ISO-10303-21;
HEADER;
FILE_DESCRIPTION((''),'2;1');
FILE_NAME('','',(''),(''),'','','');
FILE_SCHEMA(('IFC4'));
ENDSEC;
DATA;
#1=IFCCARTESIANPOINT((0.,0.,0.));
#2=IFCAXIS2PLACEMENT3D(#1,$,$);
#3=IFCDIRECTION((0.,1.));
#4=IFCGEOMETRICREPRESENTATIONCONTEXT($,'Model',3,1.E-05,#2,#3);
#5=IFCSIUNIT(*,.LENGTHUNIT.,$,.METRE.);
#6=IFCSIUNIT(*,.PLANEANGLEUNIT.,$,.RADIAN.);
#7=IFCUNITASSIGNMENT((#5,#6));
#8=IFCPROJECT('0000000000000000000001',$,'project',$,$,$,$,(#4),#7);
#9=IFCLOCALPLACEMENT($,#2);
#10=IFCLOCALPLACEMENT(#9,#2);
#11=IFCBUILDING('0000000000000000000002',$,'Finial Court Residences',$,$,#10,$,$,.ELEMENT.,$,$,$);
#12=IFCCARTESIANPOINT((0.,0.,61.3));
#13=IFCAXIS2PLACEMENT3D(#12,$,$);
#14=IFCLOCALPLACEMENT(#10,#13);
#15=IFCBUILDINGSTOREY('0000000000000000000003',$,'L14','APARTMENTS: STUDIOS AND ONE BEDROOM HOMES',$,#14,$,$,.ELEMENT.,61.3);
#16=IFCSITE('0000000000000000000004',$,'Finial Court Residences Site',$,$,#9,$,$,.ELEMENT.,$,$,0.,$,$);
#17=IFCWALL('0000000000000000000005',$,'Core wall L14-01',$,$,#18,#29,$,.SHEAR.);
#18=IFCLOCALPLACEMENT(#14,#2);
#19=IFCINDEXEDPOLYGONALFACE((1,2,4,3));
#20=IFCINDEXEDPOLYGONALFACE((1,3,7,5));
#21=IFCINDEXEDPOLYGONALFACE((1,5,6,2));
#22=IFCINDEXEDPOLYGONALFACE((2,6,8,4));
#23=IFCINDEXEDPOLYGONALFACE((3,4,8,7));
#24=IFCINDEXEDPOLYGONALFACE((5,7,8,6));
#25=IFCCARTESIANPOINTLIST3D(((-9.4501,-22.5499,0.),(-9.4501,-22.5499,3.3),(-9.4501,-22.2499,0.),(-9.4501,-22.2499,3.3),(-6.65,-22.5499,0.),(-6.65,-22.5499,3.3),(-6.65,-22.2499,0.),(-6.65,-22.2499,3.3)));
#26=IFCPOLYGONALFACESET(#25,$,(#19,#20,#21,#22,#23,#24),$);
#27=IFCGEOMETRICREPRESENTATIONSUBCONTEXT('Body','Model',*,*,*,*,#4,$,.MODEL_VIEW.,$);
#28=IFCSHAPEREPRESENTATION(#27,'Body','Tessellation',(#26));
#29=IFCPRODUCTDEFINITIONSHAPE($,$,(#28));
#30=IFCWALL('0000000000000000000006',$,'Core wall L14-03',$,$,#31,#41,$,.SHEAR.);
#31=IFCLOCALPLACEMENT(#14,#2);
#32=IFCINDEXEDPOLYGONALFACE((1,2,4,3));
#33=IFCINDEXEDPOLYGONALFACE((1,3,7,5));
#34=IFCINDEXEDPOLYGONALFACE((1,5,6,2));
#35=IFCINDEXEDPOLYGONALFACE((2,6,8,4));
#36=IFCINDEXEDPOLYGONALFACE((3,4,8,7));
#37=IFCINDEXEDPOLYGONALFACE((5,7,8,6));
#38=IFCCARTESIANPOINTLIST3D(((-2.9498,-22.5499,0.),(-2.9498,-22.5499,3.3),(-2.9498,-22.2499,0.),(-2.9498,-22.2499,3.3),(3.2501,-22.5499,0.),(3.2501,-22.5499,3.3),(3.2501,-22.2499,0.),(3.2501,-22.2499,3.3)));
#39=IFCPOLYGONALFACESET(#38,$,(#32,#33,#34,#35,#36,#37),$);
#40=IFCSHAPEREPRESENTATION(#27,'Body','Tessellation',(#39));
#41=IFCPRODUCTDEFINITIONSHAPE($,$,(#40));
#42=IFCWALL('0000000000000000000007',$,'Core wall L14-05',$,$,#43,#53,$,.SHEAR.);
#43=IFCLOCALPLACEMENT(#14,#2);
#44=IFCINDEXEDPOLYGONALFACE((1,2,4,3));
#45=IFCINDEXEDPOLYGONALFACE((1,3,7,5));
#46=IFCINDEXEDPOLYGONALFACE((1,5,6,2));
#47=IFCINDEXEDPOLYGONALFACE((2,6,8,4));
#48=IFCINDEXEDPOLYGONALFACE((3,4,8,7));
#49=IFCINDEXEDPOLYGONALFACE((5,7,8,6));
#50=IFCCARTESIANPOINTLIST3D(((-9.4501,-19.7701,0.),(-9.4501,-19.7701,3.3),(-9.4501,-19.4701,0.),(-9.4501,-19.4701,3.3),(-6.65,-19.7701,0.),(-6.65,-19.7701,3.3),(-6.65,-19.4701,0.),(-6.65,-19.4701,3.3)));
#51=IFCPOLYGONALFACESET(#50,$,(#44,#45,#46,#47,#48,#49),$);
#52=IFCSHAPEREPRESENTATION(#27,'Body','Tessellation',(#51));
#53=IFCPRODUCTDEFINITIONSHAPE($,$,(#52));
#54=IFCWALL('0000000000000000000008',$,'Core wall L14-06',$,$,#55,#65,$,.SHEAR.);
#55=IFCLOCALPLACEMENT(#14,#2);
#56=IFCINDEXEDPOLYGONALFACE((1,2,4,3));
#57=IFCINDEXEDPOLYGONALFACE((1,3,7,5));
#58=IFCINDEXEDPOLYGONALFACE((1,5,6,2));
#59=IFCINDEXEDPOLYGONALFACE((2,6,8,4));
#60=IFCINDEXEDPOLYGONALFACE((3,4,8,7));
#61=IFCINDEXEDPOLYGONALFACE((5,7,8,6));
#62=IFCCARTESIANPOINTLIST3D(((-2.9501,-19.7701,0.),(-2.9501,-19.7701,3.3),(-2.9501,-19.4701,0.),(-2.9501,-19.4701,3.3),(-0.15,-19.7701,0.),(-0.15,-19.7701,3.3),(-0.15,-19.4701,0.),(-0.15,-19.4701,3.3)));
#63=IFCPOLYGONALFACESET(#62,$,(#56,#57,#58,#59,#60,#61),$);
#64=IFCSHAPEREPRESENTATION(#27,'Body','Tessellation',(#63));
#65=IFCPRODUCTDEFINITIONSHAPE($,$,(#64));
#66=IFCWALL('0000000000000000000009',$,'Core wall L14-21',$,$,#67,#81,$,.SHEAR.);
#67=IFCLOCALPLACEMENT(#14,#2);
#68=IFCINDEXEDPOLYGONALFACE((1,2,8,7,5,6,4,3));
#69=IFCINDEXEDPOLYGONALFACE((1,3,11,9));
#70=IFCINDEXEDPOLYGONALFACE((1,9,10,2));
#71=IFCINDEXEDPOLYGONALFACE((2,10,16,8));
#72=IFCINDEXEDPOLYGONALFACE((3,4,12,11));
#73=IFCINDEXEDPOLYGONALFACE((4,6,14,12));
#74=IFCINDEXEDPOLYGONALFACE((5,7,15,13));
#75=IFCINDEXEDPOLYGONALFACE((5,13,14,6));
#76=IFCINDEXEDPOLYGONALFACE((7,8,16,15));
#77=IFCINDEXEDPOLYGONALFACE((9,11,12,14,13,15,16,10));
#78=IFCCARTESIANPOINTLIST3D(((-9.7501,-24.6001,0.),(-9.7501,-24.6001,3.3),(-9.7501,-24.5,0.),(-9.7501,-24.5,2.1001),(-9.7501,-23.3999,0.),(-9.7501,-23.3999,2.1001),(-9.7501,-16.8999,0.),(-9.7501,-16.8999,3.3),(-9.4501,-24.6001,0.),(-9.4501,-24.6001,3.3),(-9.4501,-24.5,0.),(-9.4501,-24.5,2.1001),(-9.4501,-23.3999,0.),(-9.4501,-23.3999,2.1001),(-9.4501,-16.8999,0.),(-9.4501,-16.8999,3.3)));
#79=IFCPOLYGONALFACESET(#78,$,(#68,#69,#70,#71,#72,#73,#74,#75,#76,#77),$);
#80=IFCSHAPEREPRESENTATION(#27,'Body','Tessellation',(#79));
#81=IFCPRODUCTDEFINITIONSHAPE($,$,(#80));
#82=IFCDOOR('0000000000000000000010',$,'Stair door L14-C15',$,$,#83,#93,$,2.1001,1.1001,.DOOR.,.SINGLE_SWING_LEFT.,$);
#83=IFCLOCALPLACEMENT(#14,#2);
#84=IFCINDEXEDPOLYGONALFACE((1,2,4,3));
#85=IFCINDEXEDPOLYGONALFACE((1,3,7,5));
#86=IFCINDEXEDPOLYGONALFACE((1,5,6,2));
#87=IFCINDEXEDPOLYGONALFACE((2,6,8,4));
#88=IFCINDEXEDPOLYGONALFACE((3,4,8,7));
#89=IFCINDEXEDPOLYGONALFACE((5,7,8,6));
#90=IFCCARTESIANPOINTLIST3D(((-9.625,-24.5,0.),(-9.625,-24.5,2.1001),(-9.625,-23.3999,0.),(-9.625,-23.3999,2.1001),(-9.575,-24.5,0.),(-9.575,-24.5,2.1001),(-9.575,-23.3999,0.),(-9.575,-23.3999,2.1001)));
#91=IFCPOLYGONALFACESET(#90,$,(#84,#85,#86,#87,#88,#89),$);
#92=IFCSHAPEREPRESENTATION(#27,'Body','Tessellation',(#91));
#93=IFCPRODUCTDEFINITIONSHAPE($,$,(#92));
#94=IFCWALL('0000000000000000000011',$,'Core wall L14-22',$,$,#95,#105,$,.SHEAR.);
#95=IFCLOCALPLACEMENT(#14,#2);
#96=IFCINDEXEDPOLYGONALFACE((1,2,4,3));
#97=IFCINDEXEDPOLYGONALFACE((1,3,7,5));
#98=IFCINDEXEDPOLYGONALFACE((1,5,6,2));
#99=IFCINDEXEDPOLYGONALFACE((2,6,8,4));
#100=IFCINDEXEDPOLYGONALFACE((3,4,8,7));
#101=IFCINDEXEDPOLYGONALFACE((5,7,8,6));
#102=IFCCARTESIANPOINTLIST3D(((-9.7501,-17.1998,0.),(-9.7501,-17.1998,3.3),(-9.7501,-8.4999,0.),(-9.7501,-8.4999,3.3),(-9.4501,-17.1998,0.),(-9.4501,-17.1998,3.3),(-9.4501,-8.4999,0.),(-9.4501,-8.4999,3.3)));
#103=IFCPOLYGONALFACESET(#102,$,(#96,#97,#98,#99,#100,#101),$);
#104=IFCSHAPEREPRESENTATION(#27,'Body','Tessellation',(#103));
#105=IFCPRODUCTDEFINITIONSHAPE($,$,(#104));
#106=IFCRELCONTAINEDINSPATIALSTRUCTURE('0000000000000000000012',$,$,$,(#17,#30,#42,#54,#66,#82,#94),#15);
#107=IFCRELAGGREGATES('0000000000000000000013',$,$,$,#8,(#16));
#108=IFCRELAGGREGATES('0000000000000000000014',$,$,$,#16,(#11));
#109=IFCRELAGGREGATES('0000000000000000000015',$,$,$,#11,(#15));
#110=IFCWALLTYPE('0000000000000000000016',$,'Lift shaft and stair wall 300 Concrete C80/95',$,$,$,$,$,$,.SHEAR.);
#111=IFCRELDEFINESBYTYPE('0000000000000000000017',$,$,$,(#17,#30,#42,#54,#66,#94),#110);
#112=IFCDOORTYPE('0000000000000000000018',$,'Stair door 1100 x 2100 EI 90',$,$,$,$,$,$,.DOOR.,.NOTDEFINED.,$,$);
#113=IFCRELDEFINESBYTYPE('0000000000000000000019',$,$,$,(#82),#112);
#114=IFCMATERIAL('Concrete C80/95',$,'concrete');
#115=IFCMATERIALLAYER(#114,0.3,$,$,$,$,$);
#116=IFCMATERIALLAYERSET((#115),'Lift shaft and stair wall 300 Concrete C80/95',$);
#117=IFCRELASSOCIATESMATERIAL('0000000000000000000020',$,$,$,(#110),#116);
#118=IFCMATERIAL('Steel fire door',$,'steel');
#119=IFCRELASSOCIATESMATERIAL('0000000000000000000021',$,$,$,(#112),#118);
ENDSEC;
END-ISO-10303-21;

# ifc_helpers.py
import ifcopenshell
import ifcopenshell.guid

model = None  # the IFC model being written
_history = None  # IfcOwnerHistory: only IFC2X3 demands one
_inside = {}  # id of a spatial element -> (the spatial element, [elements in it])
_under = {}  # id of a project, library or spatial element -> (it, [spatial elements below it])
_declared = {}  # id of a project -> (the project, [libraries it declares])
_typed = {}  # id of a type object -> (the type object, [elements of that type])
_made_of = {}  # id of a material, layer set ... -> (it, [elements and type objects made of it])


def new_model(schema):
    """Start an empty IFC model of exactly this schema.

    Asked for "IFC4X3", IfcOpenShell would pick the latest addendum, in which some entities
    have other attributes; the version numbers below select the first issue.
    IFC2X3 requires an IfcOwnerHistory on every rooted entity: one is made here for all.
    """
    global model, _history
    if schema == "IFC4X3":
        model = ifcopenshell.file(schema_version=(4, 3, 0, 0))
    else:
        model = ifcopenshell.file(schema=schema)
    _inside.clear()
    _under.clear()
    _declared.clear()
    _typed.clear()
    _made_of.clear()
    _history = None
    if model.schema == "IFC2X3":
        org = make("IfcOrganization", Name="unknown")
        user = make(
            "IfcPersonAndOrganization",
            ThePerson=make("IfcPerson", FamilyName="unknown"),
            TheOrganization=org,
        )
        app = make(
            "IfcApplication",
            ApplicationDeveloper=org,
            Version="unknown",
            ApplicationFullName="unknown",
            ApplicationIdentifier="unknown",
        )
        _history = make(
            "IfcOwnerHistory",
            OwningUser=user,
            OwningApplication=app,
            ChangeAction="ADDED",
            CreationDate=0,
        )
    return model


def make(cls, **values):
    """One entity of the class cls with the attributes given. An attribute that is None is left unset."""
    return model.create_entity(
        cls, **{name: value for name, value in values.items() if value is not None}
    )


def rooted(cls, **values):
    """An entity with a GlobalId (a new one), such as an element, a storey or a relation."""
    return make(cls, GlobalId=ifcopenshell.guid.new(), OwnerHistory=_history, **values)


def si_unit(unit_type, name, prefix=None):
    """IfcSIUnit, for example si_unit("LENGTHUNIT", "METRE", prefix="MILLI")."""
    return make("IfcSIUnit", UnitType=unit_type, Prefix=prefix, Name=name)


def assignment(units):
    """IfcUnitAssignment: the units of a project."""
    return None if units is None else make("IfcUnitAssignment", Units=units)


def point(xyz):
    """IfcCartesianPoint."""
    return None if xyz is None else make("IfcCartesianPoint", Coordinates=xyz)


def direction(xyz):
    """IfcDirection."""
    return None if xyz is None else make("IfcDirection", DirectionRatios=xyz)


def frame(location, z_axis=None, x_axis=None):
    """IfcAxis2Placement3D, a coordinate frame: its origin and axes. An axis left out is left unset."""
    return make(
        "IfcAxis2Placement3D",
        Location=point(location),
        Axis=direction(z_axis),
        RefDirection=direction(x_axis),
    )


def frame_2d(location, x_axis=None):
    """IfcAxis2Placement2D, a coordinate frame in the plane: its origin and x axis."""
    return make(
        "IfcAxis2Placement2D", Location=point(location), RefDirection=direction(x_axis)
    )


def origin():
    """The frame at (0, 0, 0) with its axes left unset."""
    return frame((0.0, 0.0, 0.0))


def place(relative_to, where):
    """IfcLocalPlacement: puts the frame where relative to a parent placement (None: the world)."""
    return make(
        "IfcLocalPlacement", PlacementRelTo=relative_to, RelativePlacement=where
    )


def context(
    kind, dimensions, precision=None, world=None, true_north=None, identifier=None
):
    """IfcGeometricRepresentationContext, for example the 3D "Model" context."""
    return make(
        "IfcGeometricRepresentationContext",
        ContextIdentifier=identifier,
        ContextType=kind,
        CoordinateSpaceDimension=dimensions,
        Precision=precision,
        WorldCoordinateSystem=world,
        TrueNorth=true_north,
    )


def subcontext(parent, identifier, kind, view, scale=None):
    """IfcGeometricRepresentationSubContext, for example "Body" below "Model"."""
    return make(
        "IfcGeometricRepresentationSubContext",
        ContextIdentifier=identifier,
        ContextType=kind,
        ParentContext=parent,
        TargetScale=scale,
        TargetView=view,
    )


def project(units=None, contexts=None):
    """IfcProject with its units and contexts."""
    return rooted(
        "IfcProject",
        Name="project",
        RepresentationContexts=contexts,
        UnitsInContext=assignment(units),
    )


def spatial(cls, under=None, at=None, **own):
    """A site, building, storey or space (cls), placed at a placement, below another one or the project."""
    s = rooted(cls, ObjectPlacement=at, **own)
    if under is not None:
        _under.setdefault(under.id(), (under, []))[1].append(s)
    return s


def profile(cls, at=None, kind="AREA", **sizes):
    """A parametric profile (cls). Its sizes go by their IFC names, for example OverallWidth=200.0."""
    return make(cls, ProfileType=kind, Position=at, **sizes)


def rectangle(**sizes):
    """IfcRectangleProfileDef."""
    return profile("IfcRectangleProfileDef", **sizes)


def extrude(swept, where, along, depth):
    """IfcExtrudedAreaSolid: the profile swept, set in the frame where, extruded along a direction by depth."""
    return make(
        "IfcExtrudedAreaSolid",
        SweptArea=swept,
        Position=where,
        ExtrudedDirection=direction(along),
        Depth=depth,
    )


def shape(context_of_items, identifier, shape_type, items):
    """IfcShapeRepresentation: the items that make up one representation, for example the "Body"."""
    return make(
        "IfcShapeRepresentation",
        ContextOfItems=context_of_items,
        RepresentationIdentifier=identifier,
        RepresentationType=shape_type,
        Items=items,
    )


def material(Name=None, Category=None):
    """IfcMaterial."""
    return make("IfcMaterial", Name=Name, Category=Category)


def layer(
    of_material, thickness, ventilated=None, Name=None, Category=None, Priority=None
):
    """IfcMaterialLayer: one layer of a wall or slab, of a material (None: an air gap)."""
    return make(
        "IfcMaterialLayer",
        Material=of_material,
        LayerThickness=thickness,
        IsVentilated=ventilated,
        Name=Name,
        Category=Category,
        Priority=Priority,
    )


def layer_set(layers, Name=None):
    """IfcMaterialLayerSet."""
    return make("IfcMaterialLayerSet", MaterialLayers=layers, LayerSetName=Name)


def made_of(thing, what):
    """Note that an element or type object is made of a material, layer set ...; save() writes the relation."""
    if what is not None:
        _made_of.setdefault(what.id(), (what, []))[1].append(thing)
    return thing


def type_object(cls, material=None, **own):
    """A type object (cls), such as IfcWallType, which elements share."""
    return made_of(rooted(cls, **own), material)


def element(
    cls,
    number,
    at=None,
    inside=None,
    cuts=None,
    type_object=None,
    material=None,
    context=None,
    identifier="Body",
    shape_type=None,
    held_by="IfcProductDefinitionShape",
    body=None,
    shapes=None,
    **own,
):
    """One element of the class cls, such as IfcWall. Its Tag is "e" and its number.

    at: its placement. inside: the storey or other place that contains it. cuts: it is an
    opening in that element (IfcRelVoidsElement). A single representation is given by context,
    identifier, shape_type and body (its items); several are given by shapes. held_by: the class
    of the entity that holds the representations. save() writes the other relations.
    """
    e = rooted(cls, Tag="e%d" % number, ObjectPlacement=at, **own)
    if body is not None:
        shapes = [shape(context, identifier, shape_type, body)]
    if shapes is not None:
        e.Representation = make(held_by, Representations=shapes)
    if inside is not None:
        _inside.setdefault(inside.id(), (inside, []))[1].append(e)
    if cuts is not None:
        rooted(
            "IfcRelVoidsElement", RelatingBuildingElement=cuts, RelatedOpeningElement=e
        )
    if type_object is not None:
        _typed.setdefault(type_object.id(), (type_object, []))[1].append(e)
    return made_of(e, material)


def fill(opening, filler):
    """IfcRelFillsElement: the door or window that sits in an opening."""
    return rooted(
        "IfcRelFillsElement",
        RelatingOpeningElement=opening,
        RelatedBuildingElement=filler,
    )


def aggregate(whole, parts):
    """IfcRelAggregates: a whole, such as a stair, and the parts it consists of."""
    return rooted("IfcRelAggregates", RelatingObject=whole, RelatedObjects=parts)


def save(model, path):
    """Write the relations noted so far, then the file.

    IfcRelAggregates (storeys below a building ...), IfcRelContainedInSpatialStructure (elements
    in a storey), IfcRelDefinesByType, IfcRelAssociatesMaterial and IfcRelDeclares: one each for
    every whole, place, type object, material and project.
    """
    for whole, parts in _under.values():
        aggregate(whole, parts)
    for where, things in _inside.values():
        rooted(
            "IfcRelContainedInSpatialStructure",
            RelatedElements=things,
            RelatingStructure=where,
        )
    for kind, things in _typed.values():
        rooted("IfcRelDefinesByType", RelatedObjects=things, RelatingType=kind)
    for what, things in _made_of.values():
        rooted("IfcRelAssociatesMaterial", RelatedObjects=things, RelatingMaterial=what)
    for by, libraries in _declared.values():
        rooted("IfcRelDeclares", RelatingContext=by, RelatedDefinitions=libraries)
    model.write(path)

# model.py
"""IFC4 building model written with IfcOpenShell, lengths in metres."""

from ifc_helpers import new_model, si_unit, direction, frame, frame_2d, origin, place, context, subcontext, project, spatial, rectangle, extrude, material, layer, layer_set, type_object, element, fill, save


model = new_model("IFC4")

# Units and contexts
model_context = context("Model", 3, precision=1e-05, world=origin(), true_north=direction((0.0, 1.0)))
body_context = subcontext(model_context, "Body", "Model", "MODEL_VIEW")
ifc_project = project(units=[si_unit("LENGTHUNIT", "METRE"), si_unit("PLANEANGLEUNIT", "RADIAN")], contexts=[model_context])

# Site, building, storey
site_placement = place(None, origin())
site = spatial("IfcSite", under=ifc_project, at=site_placement, Name="Finial Court Residences Site", CompositionType="ELEMENT", RefElevation=0.0)
building_placement = place(site_placement, origin())
building = spatial("IfcBuilding", under=site, at=building_placement, Name="Finial Court Residences", CompositionType="ELEMENT")
storey_placement = place(building_placement, frame((0.0, 0.0, 61.3)))
storey = spatial("IfcBuildingStorey", under=building, at=storey_placement, Name="L14", Description="APARTMENTS: STUDIOS AND ONE BEDROOM HOMES", CompositionType="ELEMENT", Elevation=61.3)

# Walls
ifc_material_1 = material(Name="Concrete C80/95", Category="concrete")
ifc_layer_1 = layer(ifc_material_1, 0.3)
ifc_layer_set_1 = layer_set([ifc_layer_1], Name="Lift shaft and stair wall 300 Concrete C80/95")
wall_type_1 = type_object("IfcWallType", Name="Lift shaft and stair wall 300 Concrete C80/95", PredefinedType="SHEAR", material=ifc_layer_set_1)
wall_1_placement = place(storey_placement, frame((-9.45, -22.3999, 0.0), z_axis=(0.0, 0.0, 1.0), x_axis=(1.0, 0.0, 0.0)))
element("IfcWall", 1, at=wall_1_placement, inside=storey, type_object=wall_type_1, Name="Core wall L14-01", PredefinedType="SHEAR", context=body_context, shape_type="SweptSolid", body=[
    extrude(rectangle(XDim=2.8, YDim=0.3, at=frame_2d((1.3999, 0.0))), origin(), (0.0, 0.0, 1.0), 3.3),
])
wall_2_placement = place(storey_placement, frame((-2.95, -22.3999, 0.0), z_axis=(0.0, 0.0, 1.0), x_axis=(1.0, 0.0, 0.0)))
element("IfcWall", 2, at=wall_2_placement, inside=storey, type_object=wall_type_1, Name="Core wall L14-03", PredefinedType="SHEAR", context=body_context, shape_type="SweptSolid", body=[
    extrude(rectangle(XDim=6.2, YDim=0.3, at=frame_2d((3.1001, 0.0))), origin(), (0.0, 0.0, 1.0), 3.3),
])
for number, where, z_axis, x_axis, name in (
    (3, (-9.45, -19.6201, 0.0), (0.0, 0.0, 1.0), (1.0, 0.0, 0.0), "Core wall L14-05"),
    (4, (-2.95, -19.6201, 0.0), (0.0, 0.0, 1.0), (1.0, 0.0, 0.0), "Core wall L14-06"),
):
    element("IfcWall", number, at=place(storey_placement, frame(where, z_axis=z_axis, x_axis=x_axis)), inside=storey, type_object=wall_type_1, Name=name, PredefinedType="SHEAR", context=body_context, shape_type="SweptSolid", body=[
        extrude(rectangle(XDim=2.8, YDim=0.3, at=frame_2d((1.3999, 0.0))), origin(), (0.0, 0.0, 1.0), 3.3),
    ])

# Wall, opening, door
wall_3_placement = place(storey_placement, frame((-9.6001, -24.6001, 0.0), z_axis=(0.0, 0.0, 1.0), x_axis=(0.0, 1.0, 0.0)))
wall_3 = element("IfcWall", 5, at=wall_3_placement, inside=storey, type_object=wall_type_1, Name="Core wall L14-21", PredefinedType="SHEAR", context=body_context, shape_type="SweptSolid", body=[
    extrude(rectangle(XDim=7.7002, YDim=0.3, at=frame_2d((3.8501, 0.0))), origin(), (0.0, 0.0, 1.0), 3.3),
])
opening_1_placement = place(wall_3_placement, frame((0.1001, 0.0, 0.0)))
opening_1 = element("IfcOpeningElement", 6, at=opening_1_placement, cuts=wall_3, PredefinedType="OPENING", context=body_context, shape_type="SweptSolid", body=[
    extrude(rectangle(XDim=1.1001, YDim=2.1001, at=frame_2d((0.55, 1.05))), frame((0.0, 0.1599, 0.0), z_axis=(0.0, -1.0, 0.0), x_axis=(1.0, 0.0, 0.0)), (0.0, 0.0, 1.0), 0.3201),
])
ifc_material_2 = material(Name="Steel fire door", Category="steel")
door_type_1 = type_object("IfcDoorType", Name="Stair door 1100 x 2100 EI 90", OperationType="NOTDEFINED", PredefinedType="DOOR", material=ifc_material_2)
door_1_placement = place(opening_1_placement, origin())
door_1 = element("IfcDoor", 7, at=door_1_placement, inside=storey, type_object=door_type_1, Name="Stair door L14-C15", OperationType="SINGLE_SWING_LEFT", OverallHeight=2.1001, OverallWidth=1.1001, PredefinedType="DOOR", context=body_context, shape_type="SweptSolid", body=[
    extrude(rectangle(XDim=1.1001, YDim=2.1001, at=frame_2d((0.55, 1.05))), frame((0.0, 0.0249, 0.0), z_axis=(0.0, -1.0, 0.0), x_axis=(1.0, 0.0, 0.0)), (0.0, 0.0, 1.0), 0.05),
])
fill(opening_1, door_1)

# Wall
wall_4_placement = place(storey_placement, frame((-9.6001, -17.2, 0.0), z_axis=(0.0, 0.0, 1.0), x_axis=(0.0, 1.0, 0.0)))
element("IfcWall", 8, at=wall_4_placement, inside=storey, type_object=wall_type_1, Name="Core wall L14-22", PredefinedType="SHEAR", context=body_context, shape_type="SweptSolid", body=[
    extrude(rectangle(XDim=8.7, YDim=0.3, at=frame_2d((4.3501, 0.0))), origin(), (0.0, 0.0, 1.0), 3.3),
])

save(model, "model.ifc")
